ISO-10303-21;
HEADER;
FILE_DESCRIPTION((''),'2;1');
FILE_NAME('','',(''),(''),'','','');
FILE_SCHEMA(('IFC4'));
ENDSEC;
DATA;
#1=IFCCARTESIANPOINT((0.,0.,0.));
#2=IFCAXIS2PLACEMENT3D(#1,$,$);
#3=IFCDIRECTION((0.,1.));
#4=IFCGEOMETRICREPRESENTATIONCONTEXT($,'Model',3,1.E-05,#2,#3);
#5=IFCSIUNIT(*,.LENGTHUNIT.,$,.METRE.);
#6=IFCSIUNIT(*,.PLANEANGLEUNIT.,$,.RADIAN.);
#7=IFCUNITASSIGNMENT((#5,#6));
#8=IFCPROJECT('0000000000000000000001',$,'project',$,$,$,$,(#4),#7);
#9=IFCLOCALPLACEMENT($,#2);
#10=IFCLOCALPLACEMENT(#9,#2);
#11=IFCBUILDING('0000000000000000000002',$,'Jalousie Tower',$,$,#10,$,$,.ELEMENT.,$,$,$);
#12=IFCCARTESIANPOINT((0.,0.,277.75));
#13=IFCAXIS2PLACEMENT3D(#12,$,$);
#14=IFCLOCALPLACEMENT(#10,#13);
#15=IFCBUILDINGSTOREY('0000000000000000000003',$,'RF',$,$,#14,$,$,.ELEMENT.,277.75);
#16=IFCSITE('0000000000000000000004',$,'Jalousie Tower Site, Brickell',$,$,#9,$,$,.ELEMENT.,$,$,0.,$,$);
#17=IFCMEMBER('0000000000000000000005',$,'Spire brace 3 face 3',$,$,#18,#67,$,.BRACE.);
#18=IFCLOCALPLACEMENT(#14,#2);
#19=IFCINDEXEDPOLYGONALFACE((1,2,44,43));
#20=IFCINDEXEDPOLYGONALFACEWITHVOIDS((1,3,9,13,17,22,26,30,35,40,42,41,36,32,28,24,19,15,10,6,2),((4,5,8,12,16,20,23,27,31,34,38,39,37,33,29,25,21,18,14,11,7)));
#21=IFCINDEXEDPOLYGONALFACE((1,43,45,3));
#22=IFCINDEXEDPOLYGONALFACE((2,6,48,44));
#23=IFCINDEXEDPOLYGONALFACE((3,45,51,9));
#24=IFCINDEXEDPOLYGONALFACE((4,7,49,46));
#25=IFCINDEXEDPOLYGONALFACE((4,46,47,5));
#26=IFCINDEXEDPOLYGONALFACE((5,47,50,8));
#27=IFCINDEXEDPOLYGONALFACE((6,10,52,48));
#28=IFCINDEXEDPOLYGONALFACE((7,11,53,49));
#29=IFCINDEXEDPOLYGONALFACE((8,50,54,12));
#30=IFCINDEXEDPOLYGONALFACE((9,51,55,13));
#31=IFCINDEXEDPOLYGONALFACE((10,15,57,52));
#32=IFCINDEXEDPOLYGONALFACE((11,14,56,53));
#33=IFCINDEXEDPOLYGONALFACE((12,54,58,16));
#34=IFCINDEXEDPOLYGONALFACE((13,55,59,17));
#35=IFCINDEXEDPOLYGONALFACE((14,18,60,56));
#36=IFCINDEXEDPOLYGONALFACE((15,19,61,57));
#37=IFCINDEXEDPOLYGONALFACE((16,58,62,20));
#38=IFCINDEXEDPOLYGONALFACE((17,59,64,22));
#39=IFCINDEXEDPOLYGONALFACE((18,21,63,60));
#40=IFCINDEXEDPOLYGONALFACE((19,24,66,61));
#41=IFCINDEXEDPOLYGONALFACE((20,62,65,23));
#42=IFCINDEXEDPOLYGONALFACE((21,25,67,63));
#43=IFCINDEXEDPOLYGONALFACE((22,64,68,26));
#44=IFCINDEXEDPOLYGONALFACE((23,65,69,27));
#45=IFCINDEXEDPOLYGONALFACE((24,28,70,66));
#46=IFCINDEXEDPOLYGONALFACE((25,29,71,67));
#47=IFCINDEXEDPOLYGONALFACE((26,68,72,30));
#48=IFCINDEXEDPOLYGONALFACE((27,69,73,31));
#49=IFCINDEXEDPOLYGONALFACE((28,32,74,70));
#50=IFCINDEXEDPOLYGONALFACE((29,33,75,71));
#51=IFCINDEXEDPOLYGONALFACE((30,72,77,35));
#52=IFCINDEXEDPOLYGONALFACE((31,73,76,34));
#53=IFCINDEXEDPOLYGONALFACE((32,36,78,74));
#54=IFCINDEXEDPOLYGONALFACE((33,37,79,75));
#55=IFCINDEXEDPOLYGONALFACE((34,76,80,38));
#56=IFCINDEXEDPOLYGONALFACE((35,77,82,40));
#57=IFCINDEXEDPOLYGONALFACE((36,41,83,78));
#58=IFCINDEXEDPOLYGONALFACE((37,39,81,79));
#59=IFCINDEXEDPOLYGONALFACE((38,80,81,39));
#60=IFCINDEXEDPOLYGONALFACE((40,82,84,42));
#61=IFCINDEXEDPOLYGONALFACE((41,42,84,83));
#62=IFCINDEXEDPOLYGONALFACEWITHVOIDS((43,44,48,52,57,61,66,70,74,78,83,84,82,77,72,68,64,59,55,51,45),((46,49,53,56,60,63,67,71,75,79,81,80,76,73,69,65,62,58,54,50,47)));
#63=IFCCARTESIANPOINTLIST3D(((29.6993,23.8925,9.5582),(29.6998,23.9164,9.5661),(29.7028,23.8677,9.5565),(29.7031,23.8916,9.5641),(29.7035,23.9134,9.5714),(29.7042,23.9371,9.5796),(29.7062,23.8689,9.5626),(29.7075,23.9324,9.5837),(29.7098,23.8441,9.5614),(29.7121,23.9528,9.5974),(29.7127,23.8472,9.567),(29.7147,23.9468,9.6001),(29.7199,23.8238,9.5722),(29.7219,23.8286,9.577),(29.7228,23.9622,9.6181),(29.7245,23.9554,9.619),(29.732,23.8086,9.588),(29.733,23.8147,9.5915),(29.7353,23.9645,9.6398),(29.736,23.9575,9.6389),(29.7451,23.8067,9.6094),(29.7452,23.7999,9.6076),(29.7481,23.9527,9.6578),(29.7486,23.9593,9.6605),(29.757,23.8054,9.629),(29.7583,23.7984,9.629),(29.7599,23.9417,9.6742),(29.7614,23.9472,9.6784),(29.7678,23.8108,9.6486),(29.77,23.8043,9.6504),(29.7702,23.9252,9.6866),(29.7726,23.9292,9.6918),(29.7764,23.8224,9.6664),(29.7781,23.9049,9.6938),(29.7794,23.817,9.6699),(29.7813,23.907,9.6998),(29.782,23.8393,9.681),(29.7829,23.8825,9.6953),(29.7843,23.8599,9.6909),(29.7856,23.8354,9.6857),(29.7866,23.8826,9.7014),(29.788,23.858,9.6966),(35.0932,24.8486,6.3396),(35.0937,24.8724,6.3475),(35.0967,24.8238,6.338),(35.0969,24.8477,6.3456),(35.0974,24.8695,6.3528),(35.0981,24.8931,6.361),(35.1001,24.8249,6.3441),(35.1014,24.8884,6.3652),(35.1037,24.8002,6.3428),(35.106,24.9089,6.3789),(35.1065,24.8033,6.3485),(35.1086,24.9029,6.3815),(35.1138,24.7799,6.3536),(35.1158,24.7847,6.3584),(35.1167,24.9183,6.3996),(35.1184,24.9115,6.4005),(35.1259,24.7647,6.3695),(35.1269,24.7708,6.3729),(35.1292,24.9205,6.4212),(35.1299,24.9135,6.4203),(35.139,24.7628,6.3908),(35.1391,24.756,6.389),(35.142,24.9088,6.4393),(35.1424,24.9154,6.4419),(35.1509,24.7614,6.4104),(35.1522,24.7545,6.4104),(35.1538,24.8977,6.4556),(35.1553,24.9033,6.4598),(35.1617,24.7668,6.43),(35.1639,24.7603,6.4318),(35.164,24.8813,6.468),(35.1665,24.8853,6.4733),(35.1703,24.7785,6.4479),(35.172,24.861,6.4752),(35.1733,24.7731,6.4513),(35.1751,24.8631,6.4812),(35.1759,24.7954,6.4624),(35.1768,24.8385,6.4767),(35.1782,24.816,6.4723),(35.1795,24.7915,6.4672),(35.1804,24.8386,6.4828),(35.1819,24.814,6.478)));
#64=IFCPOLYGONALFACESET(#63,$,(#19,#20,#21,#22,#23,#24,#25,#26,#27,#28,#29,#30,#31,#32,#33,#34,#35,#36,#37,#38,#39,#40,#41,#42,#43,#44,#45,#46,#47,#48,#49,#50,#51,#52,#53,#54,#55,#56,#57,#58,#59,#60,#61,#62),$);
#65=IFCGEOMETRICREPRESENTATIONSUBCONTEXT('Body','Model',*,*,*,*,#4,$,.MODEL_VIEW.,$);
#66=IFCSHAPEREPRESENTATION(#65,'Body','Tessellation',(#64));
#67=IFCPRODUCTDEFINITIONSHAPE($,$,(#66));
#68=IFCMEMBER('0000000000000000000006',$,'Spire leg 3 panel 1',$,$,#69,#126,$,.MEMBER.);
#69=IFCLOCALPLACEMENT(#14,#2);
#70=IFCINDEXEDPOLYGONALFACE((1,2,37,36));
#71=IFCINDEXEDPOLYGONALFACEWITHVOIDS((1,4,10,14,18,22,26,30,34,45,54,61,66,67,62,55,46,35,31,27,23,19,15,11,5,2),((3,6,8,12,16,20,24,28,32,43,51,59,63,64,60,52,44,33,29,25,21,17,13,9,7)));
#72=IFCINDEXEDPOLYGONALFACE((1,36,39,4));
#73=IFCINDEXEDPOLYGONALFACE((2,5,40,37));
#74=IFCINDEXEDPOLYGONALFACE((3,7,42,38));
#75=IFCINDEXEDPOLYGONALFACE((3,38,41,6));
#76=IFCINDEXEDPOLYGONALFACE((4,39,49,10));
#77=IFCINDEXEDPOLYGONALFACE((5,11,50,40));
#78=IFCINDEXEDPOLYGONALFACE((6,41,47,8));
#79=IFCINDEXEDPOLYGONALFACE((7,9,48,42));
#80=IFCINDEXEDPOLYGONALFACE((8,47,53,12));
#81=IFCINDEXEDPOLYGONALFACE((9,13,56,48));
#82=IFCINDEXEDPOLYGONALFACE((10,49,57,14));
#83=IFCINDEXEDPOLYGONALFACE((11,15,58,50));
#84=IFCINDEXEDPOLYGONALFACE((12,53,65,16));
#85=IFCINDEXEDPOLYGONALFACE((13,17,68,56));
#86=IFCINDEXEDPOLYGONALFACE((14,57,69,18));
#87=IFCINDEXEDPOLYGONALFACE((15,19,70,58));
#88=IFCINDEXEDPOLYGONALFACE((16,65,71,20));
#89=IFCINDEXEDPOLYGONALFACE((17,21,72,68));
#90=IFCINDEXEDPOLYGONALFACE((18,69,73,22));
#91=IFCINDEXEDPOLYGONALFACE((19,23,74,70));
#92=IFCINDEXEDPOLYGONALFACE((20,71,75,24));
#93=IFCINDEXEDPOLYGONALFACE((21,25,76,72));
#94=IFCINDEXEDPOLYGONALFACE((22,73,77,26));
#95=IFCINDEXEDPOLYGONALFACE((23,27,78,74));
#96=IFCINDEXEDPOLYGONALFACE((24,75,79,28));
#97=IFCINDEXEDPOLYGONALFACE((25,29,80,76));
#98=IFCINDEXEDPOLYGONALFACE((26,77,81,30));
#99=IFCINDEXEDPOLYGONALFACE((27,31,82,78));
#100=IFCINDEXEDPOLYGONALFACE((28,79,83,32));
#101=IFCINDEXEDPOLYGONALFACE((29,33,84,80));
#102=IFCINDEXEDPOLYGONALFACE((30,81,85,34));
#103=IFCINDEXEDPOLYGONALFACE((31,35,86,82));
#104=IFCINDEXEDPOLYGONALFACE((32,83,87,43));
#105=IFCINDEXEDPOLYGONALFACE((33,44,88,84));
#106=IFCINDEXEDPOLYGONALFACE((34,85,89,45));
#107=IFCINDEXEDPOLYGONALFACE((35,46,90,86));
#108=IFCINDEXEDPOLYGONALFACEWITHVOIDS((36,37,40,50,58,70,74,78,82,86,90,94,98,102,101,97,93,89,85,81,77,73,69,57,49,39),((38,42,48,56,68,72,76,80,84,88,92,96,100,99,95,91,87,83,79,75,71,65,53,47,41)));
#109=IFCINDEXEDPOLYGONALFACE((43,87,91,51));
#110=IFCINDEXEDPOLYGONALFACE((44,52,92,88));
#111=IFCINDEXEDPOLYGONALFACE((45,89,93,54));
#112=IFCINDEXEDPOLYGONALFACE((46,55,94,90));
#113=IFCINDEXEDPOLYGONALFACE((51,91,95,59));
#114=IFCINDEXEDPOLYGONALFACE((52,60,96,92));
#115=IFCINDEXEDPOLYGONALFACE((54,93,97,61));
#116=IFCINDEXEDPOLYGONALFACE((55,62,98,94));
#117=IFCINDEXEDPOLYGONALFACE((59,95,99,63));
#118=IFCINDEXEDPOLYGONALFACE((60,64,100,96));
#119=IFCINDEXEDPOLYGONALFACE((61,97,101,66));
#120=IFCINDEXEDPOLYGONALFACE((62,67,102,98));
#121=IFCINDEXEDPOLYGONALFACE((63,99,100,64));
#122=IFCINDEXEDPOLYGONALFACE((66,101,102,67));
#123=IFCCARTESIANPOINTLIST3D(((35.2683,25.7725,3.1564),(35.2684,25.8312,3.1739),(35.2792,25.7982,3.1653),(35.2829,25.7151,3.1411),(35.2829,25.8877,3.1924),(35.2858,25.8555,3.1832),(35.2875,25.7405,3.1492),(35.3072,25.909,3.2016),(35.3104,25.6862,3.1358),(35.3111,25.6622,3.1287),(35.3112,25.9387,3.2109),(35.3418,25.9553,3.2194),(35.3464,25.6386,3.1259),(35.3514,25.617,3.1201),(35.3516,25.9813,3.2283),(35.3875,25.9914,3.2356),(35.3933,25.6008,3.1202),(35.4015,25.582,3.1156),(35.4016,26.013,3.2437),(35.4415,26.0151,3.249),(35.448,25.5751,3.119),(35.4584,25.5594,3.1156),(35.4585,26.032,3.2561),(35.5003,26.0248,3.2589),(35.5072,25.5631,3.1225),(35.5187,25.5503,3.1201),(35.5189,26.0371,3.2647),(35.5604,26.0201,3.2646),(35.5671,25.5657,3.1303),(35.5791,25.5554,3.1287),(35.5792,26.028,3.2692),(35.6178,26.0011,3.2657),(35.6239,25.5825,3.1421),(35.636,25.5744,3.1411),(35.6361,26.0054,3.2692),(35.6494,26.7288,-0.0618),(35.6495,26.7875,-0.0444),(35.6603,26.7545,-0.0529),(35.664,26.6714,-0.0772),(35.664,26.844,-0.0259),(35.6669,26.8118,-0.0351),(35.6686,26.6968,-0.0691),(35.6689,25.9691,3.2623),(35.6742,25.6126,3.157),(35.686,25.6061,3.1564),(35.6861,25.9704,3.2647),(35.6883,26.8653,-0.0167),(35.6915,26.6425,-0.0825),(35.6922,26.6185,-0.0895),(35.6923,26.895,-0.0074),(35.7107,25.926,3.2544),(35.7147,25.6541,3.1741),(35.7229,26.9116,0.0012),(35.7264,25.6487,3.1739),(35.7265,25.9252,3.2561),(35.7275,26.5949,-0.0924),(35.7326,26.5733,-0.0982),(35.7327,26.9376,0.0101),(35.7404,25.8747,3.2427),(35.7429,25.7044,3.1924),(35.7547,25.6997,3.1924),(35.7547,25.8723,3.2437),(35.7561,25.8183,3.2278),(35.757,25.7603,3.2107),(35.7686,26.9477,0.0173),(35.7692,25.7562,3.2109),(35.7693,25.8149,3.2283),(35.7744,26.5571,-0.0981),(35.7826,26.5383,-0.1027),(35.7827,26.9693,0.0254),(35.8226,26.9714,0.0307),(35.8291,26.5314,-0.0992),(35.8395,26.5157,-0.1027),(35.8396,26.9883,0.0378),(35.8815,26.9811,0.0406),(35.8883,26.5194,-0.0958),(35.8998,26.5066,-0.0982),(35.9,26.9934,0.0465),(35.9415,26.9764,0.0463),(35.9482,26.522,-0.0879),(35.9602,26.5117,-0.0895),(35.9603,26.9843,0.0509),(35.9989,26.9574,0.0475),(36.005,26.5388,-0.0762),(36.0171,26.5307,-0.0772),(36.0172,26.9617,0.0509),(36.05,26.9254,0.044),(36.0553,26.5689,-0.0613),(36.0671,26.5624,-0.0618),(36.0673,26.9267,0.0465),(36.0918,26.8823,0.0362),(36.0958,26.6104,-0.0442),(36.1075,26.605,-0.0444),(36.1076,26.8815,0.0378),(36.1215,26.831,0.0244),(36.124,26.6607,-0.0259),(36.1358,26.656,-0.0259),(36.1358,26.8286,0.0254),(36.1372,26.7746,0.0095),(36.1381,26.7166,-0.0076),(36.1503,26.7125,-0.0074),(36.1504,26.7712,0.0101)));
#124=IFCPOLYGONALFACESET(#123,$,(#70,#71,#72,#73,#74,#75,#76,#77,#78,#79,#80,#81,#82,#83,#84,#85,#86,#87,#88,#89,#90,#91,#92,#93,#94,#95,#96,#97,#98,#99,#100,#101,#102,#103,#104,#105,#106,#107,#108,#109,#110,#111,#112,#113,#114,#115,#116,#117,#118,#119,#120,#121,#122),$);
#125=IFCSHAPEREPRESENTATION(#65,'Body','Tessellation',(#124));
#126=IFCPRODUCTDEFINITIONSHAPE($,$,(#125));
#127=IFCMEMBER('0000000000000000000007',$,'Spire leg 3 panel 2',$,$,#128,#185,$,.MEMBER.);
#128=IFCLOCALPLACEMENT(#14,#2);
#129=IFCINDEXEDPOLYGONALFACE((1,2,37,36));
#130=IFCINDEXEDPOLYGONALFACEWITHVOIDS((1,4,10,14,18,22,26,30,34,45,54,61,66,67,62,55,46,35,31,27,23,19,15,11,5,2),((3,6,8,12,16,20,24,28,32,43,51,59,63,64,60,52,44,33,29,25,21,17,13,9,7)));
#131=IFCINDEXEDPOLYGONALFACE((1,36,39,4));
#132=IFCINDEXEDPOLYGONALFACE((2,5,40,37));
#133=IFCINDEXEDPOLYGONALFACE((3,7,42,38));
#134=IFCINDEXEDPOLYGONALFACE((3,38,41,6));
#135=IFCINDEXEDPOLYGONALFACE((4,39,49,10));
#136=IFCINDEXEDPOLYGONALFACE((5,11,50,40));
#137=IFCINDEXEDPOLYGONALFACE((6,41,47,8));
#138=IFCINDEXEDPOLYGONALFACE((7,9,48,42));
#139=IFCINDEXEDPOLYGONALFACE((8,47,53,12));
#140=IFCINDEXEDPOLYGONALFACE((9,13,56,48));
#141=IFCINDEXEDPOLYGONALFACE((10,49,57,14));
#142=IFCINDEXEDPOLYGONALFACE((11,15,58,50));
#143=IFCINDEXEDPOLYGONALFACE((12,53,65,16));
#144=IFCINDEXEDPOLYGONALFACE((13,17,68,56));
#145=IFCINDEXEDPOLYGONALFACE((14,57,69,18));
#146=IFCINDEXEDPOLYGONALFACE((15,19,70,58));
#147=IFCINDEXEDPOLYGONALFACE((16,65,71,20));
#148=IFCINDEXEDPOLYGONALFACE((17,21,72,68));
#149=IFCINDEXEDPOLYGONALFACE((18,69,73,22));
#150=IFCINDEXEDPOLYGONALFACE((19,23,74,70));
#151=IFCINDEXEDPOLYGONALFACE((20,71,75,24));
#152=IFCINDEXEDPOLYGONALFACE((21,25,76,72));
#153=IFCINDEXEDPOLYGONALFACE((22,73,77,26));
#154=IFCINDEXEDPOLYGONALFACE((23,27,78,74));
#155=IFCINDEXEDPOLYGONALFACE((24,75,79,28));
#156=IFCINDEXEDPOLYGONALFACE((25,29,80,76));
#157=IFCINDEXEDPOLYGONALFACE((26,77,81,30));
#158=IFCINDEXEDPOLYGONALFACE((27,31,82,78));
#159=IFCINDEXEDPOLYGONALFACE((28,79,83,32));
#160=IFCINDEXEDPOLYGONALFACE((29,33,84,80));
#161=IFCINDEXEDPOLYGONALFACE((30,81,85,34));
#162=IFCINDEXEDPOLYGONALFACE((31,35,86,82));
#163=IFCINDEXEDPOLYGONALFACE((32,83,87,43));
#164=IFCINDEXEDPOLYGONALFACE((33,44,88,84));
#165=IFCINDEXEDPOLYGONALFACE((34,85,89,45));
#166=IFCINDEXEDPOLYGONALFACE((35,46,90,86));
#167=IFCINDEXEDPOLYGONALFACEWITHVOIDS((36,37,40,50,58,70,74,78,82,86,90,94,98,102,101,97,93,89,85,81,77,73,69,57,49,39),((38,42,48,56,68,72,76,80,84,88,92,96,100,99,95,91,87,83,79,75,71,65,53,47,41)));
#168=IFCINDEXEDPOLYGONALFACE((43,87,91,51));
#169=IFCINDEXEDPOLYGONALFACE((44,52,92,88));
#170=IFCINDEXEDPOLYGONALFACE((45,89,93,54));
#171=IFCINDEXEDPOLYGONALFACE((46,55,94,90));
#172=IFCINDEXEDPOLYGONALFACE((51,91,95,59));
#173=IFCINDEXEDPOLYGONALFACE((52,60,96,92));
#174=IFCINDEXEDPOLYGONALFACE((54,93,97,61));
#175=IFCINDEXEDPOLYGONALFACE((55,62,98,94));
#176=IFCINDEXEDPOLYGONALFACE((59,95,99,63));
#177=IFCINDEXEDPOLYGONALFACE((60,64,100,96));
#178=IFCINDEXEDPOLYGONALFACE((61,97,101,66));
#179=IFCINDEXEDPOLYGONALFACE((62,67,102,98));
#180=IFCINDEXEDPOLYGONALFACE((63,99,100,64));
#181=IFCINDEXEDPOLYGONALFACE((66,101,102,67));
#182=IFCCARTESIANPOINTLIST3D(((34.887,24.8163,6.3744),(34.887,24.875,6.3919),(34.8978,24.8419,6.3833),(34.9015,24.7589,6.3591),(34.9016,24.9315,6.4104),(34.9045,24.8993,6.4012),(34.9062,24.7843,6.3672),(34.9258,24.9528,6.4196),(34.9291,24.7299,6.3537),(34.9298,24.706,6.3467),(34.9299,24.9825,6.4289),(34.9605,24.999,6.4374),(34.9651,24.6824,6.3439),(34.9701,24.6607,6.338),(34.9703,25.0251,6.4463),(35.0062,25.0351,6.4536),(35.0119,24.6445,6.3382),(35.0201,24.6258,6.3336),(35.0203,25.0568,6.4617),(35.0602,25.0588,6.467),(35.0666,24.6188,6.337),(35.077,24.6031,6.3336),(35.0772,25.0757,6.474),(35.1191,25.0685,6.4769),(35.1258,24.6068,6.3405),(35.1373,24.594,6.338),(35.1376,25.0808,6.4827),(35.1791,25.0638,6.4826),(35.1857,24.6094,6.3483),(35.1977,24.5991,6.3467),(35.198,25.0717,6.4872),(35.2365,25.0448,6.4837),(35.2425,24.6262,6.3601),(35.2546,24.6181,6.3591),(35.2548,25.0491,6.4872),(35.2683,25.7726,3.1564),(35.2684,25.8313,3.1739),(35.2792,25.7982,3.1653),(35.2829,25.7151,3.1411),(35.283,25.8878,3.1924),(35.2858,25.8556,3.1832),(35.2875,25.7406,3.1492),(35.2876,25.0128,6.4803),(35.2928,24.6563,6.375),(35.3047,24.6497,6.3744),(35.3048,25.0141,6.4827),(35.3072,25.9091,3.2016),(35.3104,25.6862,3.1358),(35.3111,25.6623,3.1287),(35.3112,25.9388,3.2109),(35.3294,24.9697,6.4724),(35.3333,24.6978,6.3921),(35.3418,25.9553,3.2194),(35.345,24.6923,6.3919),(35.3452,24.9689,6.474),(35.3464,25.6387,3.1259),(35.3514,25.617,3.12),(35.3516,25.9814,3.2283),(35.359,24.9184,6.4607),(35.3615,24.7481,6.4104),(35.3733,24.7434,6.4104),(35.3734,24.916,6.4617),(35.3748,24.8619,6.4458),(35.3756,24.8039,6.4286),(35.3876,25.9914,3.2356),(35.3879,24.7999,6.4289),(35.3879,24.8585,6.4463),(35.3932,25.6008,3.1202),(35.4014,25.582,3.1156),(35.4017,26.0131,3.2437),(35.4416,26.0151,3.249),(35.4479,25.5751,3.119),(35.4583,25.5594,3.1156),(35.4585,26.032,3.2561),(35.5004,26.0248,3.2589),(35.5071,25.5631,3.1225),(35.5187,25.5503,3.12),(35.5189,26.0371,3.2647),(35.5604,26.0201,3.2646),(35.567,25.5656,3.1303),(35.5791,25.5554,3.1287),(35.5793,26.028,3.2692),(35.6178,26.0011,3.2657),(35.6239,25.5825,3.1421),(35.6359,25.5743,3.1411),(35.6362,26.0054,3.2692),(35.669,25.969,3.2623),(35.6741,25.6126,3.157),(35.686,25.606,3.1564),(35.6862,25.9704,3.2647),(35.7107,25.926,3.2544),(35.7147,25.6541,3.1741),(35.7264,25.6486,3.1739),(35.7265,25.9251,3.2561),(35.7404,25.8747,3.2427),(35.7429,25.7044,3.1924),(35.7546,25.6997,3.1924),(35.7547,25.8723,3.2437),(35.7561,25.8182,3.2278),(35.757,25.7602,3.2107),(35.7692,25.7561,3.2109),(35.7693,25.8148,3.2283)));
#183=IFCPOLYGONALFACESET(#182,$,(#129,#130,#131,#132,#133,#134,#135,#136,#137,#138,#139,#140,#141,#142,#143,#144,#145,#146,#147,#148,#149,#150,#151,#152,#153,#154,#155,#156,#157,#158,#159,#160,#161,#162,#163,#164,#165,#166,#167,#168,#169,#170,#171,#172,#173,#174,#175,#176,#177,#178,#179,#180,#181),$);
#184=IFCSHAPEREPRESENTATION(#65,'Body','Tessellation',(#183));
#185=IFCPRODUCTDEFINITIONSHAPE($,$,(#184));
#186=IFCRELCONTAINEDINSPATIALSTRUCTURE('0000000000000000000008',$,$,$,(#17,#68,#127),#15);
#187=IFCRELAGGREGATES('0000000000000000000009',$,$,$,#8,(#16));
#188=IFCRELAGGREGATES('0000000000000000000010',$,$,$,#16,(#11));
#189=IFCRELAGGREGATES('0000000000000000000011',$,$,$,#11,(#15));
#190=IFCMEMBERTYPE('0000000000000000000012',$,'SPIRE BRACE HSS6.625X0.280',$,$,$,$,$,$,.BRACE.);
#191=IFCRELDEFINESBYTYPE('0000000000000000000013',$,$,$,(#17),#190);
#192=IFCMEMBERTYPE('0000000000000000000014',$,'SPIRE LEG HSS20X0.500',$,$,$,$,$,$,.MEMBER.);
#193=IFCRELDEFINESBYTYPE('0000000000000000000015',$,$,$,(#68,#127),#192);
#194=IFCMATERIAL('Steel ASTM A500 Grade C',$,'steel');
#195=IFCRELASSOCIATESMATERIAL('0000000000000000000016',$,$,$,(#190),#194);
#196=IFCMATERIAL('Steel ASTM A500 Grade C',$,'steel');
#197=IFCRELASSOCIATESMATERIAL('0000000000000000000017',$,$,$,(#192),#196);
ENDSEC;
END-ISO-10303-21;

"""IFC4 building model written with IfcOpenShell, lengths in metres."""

from ifc_helpers import new_model, si_unit, direction, frame, origin, origin_2d, place, context, subcontext, project, spatial, hollow_circle, extrude, material, material_profile, profile_set, type_object, element, save


model = new_model("IFC4")

# Units and contexts
model_context = context("Model", 3, precision=1e-05, world=origin(), true_north=direction((0.0, 1.0)))
body_context = subcontext(model_context, "Body", "Model", "MODEL_VIEW")
ifc_project = project(units=[si_unit("LENGTHUNIT", "METRE"), si_unit("PLANEANGLEUNIT", "RADIAN")], contexts=[model_context])

# Site, building, storey
site_placement = place(None, origin())
site = spatial("IfcSite", under=ifc_project, at=site_placement, Name="Jalousie Tower Site, Brickell", CompositionType="ELEMENT", RefElevation=0.0)
building_placement = place(site_placement, origin())
building = spatial("IfcBuilding", under=site, at=building_placement, Name="Jalousie Tower", CompositionType="ELEMENT")
storey_placement = place(building_placement, frame((0.0, 0.0, 277.75)))
storey = spatial("IfcBuildingStorey", under=building, at=storey_placement, Name="RF", CompositionType="ELEMENT", Elevation=277.75)

# Members
ifc_material_1 = material(Name="Steel ASTM A500 Grade C", Category="steel")
ifc_material_profile_1 = material_profile(ifc_material_1, hollow_circle(Radius=0.0842, WallThickness=0.0071, at=origin_2d()), Name="HSS6.625X0.280")
ifc_profile_set_1 = profile_set([ifc_material_profile_1], Name="Steel ASTM A500 Grade C")
member_type_1 = type_object("IfcMemberType", Name="SPIRE BRACE HSS6.625X0.280", PredefinedType="BRACE", material=ifc_profile_set_1)
member_1_placement = place(storey_placement, frame((35.1375, 24.8374, 6.4104), z_axis=(-0.848961, -0.150479, 0.506579), x_axis=(0.17453, -0.984652, 0.0)))
element("IfcMember", 1, at=member_1_placement, inside=storey, type_object=member_type_1, Name="Spire brace 3 face 3", PredefinedType="BRACE", context=body_context, shape_type="SweptSolid", body=[
    extrude(hollow_circle(Radius=0.0842, WallThickness=0.0071, at=origin_2d()), origin(), (0.0, 0.0, 1.0), 6.3535),
])
ifc_material_2 = material(Name="Steel ASTM A500 Grade C", Category="steel")
ifc_material_profile_2 = material_profile(ifc_material_2, hollow_circle(Radius=0.2539, WallThickness=0.0127, at=origin_2d()), Name="HSS20X0.500")
ifc_profile_set_2 = profile_set([ifc_material_profile_2], Name="Steel ASTM A500 Grade C")
member_type_2 = type_object("IfcMemberType", Name="SPIRE LEG HSS20X0.500", PredefinedType="MEMBER", material=ifc_profile_set_2)
member_2_placement = place(storey_placement, frame((35.8999, 26.75, -0.0259), z_axis=(-0.112789, -0.283021, 0.952459), x_axis=(0.92895, -0.370205, 0.0)))
element("IfcMember", 2, at=member_2_placement, inside=storey, type_object=member_type_2, Name="Spire leg 3 panel 1", PredefinedType="MEMBER", context=body_context, shape_type="SweptSolid", body=[
    extrude(hollow_circle(Radius=0.2539, WallThickness=0.0127, at=origin_2d()), origin(), (0.0, 0.0, 1.0), 3.3789),
])
member_3_placement = place(storey_placement, frame((35.5188, 25.7937, 3.1924), z_axis=(-0.112868, -0.283038, 0.952444), x_axis=(0.928869, -0.370409, 0.0)))
element("IfcMember", 3, at=member_3_placement, inside=storey, type_object=member_type_2, Name="Spire leg 3 panel 2", PredefinedType="MEMBER", context=body_context, shape_type="SweptSolid", body=[
    extrude(hollow_circle(Radius=0.2539, WallThickness=0.0127, at=origin_2d()), origin(), (0.0, 0.0, 1.0), 3.3787),
])

save(model, "model.ifc")
